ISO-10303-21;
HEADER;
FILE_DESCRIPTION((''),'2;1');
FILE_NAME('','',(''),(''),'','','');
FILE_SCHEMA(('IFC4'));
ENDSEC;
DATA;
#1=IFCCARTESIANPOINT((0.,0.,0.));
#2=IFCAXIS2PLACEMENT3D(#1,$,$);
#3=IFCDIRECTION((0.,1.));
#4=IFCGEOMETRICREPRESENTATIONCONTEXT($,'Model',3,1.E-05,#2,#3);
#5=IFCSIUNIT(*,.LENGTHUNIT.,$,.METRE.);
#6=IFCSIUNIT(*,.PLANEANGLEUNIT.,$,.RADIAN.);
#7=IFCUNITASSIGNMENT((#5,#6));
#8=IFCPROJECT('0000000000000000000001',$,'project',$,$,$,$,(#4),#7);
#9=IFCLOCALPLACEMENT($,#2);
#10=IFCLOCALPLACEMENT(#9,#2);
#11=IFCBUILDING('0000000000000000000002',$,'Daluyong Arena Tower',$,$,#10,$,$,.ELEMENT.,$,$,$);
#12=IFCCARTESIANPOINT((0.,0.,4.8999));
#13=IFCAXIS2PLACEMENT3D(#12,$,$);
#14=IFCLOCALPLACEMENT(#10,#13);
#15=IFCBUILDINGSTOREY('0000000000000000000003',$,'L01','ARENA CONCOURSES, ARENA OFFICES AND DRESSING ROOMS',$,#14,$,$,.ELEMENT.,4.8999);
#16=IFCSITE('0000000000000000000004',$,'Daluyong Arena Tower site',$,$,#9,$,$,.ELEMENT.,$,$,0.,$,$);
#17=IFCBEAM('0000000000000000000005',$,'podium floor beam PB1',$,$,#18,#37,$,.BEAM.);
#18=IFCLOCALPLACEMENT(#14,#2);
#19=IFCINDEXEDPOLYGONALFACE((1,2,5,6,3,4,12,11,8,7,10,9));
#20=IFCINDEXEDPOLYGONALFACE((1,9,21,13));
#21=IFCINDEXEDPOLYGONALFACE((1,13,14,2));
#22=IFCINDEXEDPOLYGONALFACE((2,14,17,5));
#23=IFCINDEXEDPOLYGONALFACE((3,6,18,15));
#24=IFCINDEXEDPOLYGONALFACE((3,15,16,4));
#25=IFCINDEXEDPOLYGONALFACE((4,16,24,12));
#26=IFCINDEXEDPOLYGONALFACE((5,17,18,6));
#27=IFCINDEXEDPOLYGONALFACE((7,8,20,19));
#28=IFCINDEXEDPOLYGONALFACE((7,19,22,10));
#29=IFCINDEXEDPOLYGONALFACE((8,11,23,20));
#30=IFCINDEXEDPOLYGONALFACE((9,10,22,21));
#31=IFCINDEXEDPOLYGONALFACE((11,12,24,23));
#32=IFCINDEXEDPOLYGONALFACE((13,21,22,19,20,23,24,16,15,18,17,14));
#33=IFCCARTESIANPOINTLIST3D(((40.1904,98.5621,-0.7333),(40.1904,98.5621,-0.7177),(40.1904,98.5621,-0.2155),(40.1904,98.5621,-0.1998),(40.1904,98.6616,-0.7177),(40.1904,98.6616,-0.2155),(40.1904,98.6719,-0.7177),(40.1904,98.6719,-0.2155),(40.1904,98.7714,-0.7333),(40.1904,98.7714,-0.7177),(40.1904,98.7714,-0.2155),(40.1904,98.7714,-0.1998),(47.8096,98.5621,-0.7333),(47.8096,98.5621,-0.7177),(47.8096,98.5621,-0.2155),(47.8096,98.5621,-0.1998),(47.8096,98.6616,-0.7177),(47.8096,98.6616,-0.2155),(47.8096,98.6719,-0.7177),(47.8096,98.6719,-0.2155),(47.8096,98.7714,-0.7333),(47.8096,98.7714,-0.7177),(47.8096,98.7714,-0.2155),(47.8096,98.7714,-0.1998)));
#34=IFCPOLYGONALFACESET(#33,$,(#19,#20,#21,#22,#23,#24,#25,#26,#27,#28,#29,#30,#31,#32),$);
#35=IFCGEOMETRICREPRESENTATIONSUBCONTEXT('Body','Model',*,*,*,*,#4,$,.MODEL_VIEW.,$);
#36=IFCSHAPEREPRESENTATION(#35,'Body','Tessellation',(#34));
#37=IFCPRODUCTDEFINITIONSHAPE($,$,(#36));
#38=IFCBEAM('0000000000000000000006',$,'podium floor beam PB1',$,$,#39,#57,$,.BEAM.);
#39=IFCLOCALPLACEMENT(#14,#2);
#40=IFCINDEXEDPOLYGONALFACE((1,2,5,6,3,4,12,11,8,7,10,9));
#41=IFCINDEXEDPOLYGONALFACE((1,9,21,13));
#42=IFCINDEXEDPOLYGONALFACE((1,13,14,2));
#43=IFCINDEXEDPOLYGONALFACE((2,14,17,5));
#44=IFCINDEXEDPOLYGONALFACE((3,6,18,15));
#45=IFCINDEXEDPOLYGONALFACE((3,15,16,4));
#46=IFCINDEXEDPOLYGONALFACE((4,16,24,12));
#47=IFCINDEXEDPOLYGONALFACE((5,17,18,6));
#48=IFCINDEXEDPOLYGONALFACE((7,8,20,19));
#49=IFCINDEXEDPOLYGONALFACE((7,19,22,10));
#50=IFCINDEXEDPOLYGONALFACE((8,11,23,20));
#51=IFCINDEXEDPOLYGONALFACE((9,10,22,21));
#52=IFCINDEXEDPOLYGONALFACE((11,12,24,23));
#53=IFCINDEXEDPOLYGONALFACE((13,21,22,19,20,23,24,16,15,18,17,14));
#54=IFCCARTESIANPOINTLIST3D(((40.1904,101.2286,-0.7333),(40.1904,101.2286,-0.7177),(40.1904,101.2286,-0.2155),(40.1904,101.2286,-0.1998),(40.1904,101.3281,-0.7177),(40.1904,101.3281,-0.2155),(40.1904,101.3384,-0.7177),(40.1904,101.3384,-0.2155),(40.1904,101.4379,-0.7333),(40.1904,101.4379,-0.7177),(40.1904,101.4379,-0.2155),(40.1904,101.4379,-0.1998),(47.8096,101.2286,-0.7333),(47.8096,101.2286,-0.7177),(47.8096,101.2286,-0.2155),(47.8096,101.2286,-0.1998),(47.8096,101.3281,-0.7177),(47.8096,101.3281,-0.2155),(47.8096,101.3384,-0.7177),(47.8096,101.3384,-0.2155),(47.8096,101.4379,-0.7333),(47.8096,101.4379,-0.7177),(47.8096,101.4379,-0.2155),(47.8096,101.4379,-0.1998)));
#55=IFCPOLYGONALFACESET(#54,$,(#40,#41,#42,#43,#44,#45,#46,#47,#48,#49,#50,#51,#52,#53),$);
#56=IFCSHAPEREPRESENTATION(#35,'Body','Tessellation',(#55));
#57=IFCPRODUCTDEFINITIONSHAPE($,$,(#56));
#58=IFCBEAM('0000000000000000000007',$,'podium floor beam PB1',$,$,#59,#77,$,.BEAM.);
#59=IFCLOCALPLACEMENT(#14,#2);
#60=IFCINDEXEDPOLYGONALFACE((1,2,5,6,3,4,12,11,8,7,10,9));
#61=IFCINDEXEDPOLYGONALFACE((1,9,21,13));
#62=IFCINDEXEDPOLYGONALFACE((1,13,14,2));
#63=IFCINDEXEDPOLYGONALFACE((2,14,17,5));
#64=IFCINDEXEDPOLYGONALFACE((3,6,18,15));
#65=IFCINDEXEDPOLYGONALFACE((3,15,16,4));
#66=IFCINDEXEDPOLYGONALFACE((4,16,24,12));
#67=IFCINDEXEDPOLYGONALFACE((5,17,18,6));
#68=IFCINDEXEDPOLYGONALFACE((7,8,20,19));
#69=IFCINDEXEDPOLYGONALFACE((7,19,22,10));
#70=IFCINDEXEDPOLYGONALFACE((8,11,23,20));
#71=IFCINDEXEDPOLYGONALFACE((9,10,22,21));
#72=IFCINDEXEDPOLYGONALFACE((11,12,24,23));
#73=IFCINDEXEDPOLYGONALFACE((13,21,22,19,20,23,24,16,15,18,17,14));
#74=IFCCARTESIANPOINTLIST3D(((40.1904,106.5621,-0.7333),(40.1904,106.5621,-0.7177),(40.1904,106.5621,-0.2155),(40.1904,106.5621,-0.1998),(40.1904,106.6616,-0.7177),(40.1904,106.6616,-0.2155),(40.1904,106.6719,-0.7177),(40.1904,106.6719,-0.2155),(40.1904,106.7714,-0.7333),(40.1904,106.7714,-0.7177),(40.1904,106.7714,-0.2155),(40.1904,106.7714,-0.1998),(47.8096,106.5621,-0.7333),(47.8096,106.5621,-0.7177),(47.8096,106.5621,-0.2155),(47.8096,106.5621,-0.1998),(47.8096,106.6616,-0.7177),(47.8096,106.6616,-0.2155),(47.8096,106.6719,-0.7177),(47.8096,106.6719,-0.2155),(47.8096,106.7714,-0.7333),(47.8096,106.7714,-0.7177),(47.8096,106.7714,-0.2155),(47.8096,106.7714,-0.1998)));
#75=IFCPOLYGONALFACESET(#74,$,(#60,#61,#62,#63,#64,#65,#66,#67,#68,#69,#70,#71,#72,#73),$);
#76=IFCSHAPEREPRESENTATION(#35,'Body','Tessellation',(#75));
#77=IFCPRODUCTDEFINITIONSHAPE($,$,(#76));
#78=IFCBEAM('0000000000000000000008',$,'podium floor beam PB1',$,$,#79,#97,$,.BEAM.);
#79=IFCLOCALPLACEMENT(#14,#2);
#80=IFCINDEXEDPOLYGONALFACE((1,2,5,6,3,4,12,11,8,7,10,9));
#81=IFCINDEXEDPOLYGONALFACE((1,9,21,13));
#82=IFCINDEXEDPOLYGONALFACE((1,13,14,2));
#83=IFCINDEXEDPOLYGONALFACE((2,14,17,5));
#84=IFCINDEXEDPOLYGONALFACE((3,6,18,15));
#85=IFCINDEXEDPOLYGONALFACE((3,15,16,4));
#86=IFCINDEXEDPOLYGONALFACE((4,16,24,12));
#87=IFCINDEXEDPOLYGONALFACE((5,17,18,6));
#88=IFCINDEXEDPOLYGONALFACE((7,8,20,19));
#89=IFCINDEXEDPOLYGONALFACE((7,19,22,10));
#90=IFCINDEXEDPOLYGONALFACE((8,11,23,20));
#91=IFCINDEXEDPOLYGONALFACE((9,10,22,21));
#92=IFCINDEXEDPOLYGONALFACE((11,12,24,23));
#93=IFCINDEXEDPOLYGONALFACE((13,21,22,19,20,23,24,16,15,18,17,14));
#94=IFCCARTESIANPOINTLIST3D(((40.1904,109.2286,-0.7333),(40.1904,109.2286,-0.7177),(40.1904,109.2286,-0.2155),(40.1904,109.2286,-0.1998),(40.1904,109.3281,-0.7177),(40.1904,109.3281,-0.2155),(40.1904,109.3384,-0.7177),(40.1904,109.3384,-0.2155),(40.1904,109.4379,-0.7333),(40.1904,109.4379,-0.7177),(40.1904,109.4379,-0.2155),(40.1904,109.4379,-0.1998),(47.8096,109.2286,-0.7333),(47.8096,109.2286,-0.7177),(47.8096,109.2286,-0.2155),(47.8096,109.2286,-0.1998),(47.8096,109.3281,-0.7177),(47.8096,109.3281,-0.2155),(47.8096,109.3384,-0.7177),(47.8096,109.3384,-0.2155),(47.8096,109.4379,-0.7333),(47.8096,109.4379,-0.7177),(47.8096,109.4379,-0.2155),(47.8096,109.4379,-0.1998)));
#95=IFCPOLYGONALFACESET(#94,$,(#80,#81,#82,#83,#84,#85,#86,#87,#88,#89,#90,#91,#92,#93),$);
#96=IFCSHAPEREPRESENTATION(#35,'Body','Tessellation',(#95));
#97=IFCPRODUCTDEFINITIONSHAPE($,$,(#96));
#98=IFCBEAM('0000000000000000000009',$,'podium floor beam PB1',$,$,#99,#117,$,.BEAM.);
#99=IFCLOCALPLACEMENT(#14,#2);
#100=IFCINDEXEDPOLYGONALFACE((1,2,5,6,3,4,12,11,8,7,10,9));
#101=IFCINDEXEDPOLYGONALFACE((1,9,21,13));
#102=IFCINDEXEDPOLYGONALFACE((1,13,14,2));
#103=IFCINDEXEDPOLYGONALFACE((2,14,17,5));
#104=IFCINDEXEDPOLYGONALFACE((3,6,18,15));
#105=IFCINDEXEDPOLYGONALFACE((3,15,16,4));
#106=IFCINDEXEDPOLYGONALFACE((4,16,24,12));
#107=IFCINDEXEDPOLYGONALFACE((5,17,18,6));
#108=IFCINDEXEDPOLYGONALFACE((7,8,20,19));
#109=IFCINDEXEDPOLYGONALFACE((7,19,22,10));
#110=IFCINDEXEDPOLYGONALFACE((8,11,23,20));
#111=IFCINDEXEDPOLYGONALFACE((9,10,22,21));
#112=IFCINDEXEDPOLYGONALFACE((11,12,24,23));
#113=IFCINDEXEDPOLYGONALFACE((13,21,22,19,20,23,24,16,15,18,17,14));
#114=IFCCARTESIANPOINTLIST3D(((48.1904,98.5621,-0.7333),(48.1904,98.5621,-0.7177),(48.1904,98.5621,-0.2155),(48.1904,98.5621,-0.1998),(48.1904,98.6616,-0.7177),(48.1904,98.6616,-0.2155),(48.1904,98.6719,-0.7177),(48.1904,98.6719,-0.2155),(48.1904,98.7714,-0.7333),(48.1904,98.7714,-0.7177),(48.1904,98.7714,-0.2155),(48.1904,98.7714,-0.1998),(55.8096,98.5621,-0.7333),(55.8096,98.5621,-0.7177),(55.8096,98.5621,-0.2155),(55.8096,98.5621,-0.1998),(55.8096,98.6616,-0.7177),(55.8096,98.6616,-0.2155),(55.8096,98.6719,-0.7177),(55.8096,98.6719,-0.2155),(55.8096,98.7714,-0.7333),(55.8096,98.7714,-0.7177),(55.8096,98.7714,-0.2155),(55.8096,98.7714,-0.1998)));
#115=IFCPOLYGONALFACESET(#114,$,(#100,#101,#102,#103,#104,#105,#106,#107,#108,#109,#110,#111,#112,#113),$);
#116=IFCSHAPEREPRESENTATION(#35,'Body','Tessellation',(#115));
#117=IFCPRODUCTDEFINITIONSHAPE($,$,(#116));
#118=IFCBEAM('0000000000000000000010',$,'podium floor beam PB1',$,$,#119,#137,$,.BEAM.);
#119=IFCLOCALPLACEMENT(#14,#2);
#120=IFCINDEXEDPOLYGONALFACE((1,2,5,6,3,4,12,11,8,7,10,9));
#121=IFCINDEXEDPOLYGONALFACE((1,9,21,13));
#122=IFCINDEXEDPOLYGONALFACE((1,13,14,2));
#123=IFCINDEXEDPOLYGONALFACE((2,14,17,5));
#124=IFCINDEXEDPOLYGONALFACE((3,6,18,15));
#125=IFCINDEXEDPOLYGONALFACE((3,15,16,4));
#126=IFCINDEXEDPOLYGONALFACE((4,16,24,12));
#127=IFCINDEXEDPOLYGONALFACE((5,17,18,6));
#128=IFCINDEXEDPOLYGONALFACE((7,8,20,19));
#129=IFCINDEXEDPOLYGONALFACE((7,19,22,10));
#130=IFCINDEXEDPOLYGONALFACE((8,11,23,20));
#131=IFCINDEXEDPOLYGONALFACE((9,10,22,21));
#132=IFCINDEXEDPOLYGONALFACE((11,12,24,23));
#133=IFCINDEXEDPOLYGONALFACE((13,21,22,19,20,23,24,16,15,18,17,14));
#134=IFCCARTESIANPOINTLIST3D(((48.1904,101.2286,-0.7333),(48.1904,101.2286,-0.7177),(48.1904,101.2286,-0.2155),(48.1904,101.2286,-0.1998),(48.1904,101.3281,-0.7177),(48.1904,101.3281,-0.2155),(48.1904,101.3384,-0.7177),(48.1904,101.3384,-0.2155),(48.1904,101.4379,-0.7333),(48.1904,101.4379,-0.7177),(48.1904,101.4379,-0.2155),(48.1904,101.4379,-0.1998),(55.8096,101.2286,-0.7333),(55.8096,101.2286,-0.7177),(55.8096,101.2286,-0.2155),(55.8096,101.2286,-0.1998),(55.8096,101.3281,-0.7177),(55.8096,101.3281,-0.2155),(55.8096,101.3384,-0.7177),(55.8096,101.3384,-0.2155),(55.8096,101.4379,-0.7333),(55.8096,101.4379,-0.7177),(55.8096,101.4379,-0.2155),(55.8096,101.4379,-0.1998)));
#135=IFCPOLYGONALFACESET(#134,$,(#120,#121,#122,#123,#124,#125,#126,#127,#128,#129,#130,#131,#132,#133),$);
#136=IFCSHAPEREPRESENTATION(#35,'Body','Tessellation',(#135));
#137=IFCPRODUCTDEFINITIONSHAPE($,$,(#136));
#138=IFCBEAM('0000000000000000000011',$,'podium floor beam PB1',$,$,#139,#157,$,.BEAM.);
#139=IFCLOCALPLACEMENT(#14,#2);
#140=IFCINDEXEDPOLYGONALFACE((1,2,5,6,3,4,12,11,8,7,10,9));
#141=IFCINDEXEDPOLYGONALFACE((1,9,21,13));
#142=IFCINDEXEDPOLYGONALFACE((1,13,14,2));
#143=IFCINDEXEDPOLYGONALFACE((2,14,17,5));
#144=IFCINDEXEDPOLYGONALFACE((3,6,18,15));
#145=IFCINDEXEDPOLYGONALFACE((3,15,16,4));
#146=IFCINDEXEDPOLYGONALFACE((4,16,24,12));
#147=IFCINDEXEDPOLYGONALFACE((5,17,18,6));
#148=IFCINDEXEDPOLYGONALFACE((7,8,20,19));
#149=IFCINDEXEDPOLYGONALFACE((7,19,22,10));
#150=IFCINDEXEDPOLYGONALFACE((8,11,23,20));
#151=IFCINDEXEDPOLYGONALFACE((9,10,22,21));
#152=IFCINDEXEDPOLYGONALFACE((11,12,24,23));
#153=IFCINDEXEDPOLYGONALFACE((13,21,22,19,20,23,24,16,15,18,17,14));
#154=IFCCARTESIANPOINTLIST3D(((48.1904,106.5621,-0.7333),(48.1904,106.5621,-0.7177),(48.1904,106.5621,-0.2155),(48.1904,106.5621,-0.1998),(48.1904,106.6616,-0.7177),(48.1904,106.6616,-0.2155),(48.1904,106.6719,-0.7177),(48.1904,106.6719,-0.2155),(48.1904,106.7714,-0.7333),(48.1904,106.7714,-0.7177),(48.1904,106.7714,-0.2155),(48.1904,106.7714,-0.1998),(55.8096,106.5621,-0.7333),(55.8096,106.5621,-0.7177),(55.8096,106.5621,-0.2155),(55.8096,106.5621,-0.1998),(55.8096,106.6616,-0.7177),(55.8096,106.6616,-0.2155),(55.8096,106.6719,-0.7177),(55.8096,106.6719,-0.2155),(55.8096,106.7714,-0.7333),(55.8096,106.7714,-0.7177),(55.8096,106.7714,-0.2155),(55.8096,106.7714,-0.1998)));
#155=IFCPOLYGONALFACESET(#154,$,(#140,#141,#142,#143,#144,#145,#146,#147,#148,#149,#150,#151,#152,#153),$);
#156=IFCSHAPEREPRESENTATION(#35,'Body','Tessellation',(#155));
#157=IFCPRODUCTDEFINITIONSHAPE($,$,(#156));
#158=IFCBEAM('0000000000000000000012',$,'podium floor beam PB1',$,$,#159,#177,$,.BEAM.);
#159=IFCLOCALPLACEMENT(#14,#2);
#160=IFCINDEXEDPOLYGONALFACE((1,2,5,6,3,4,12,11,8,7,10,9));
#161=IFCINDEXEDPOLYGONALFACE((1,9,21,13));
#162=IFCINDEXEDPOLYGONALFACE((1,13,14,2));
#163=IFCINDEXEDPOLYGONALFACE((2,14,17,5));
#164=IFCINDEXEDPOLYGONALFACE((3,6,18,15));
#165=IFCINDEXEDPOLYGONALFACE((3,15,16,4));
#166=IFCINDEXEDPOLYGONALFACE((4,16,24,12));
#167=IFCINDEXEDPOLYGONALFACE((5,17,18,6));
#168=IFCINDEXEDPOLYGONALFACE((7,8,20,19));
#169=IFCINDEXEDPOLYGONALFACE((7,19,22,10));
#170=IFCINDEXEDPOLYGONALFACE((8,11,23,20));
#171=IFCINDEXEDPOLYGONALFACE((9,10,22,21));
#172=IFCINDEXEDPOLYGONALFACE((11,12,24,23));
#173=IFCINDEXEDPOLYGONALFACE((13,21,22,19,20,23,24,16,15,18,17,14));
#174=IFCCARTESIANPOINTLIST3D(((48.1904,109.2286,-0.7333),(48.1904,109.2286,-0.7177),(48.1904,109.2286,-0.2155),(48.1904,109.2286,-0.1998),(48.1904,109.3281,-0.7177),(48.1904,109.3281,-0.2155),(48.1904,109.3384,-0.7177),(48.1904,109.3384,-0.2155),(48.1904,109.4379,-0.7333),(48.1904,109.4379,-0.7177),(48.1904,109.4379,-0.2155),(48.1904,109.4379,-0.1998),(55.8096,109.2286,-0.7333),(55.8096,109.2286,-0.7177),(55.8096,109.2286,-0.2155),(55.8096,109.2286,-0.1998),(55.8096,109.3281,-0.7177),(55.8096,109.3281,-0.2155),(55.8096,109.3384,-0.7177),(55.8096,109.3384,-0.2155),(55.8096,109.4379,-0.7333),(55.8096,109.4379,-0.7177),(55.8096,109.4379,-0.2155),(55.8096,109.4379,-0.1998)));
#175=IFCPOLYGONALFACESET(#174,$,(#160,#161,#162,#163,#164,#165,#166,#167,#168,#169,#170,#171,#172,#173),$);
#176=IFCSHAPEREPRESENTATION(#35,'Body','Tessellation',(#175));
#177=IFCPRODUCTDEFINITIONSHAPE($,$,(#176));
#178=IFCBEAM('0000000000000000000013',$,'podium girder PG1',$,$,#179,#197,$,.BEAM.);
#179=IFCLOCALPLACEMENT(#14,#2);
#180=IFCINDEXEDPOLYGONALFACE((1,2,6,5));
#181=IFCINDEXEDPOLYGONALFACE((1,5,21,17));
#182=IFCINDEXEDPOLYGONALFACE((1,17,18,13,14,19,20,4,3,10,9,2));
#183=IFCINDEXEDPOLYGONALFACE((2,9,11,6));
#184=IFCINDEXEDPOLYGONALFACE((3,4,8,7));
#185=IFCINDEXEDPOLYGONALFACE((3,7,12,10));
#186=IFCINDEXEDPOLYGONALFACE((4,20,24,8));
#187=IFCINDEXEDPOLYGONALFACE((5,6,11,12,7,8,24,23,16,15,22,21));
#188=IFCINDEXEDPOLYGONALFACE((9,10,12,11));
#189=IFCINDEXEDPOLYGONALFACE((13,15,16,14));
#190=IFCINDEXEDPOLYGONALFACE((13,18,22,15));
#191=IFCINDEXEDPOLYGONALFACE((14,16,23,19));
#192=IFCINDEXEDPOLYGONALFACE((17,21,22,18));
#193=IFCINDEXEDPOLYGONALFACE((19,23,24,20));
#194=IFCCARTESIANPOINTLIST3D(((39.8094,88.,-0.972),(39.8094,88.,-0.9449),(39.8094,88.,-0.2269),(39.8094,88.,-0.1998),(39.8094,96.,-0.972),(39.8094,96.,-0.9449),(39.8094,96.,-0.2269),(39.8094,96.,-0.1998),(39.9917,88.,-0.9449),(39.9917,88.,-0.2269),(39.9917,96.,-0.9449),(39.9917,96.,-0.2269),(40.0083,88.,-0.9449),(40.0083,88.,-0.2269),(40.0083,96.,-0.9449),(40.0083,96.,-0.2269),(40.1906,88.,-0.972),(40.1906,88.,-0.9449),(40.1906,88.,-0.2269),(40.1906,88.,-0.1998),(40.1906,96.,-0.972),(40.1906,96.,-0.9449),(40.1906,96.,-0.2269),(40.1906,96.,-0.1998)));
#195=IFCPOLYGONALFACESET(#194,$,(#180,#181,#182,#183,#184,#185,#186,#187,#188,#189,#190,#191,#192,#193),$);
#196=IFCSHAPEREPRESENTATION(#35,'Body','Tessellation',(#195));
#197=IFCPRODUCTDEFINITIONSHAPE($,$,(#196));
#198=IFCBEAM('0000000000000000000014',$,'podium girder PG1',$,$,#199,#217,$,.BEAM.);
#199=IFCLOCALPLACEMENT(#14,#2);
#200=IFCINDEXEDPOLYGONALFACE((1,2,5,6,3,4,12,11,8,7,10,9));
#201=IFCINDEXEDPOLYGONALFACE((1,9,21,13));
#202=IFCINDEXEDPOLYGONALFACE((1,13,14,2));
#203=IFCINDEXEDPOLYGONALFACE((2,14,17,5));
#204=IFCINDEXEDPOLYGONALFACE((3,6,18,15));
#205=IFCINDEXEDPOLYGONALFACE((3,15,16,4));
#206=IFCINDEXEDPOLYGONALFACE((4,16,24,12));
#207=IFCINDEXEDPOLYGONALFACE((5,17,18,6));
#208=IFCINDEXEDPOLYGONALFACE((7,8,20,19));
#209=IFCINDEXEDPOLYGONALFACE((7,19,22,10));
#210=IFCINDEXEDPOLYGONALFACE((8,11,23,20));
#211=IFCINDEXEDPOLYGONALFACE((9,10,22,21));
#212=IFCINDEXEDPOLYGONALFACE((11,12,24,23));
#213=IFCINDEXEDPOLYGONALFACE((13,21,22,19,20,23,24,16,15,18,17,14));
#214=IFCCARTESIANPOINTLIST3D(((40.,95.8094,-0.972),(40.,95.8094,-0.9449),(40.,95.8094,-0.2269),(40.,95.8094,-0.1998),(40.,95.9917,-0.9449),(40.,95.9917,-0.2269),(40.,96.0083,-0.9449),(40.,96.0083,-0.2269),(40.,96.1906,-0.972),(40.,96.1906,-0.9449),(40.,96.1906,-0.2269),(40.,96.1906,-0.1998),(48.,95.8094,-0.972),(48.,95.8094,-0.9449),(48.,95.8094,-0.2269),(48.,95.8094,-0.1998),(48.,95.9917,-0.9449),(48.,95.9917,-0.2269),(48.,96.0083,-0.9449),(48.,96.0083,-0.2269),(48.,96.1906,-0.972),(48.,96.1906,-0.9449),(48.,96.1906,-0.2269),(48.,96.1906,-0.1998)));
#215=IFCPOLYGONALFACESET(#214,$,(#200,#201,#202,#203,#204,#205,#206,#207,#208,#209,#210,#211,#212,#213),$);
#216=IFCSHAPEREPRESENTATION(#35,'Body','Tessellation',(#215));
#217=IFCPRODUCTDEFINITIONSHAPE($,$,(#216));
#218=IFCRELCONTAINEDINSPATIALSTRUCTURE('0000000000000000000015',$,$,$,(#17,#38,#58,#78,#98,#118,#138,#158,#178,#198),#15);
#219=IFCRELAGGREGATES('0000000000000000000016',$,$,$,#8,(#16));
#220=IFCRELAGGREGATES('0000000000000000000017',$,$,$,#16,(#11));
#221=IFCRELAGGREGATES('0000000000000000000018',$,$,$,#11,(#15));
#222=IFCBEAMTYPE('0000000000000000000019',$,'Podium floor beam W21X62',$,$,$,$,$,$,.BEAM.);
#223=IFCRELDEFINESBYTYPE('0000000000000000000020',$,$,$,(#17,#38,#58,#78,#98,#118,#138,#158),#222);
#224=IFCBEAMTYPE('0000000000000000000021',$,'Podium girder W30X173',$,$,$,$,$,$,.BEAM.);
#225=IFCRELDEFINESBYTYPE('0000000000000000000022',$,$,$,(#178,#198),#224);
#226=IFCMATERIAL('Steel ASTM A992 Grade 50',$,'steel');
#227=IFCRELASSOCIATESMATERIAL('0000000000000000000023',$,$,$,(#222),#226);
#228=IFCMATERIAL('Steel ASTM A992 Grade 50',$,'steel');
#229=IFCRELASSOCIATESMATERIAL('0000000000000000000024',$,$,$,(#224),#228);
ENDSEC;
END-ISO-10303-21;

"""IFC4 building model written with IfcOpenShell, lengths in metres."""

from ifc_helpers import new_model, si_unit, direction, frame, origin, origin_2d, place, context, subcontext, project, spatial, i_section, extrude, material, material_profile, profile_set, type_object, element, save


model = new_model("IFC4")

# Units and contexts
model_context = context("Model", 3, precision=1e-05, world=origin(), true_north=direction((0.0, 1.0)))
body_context = subcontext(model_context, "Body", "Model", "MODEL_VIEW")
ifc_project = project(units=[si_unit("LENGTHUNIT", "METRE"), si_unit("PLANEANGLEUNIT", "RADIAN")], contexts=[model_context])

# Site, building, storey
site_placement = place(None, origin())
site = spatial("IfcSite", under=ifc_project, at=site_placement, Name="Daluyong Arena Tower site", CompositionType="ELEMENT", RefElevation=0.0)
building_placement = place(site_placement, origin())
building = spatial("IfcBuilding", under=site, at=building_placement, Name="Daluyong Arena Tower", CompositionType="ELEMENT")
storey_placement = place(building_placement, frame((0.0, 0.0, 4.8999)))
storey = spatial("IfcBuildingStorey", under=building, at=storey_placement, Name="L01", Description="ARENA CONCOURSES, ARENA OFFICES AND DRESSING ROOMS", CompositionType="ELEMENT", Elevation=4.8999)

# Beams
ifc_material_1 = material(Name="Steel ASTM A992 Grade 50", Category="steel")
ifc_material_profile_1 = material_profile(ifc_material_1, i_section(OverallWidth=0.2092, OverallDepth=0.5334, WebThickness=0.0103, FlangeThickness=0.0156, at=origin_2d()))
ifc_profile_set_1 = profile_set([ifc_material_profile_1], Name="Steel ASTM A992 Grade 50")
beam_type_1 = type_object("IfcBeamType", Name="Podium floor beam W21X62", PredefinedType="BEAM", material=ifc_profile_set_1)
for number, where, z_axis, x_axis, name in (
    (1, (40.1904, 98.6667, -0.4666), (1.0, 0.0, 0.0), (0.0, 1.0, 0.0), "podium floor beam PB1"),
    (2, (40.1904, 101.3333, -0.4666), (1.0, 0.0, 0.0), (0.0, 1.0, 0.0), "podium floor beam PB1"),
    (3, (40.1904, 106.6667, -0.4666), (1.0, 0.0, 0.0), (0.0, 1.0, 0.0), "podium floor beam PB1"),
    (4, (40.1904, 109.3333, -0.4666), (1.0, 0.0, 0.0), (0.0, 1.0, 0.0), "podium floor beam PB1"),
    (5, (48.1904, 98.6667, -0.4666), (1.0, 0.0, 0.0), (0.0, 1.0, 0.0), "podium floor beam PB1"),
    (6, (48.1904, 101.3333, -0.4666), (1.0, 0.0, 0.0), (0.0, 1.0, 0.0), "podium floor beam PB1"),
    (7, (48.1904, 106.6667, -0.4666), (1.0, 0.0, 0.0), (0.0, 1.0, 0.0), "podium floor beam PB1"),
    (8, (48.1904, 109.3333, -0.4666), (1.0, 0.0, 0.0), (0.0, 1.0, 0.0), "podium floor beam PB1"),
):
    element("IfcBeam", number, at=place(storey_placement, frame(where, z_axis=z_axis, x_axis=x_axis)), inside=storey, type_object=beam_type_1, Name=name, PredefinedType="BEAM", context=body_context, shape_type="SweptSolid", body=[
        extrude(i_section(OverallWidth=0.2092, OverallDepth=0.5334, WebThickness=0.0103, FlangeThickness=0.0156, at=origin_2d()), origin(), (0.0, 0.0, 1.0), 7.6191),
    ])
ifc_material_2 = material(Name="Steel ASTM A992 Grade 50", Category="steel")
ifc_material_profile_2 = material_profile(ifc_material_2, i_section(OverallWidth=0.3811, OverallDepth=0.7722, WebThickness=0.0166, FlangeThickness=0.0271, at=origin_2d()))
ifc_profile_set_2 = profile_set([ifc_material_profile_2], Name="Steel ASTM A992 Grade 50")
beam_type_2 = type_object("IfcBeamType", Name="Podium girder W30X173", PredefinedType="BEAM", material=ifc_profile_set_2)
for number, where, z_axis, x_axis, name in (
    (9, (40.0, 88.0, -0.5859), (0.0, 1.0, 0.0), (-1.0, 0.0, 0.0), "podium girder PG1"),
    (10, (40.0, 96.0, -0.5859), (1.0, 0.0, 0.0), (0.0, 1.0, 0.0), "podium girder PG1"),
):
    element("IfcBeam", number, at=place(storey_placement, frame(where, z_axis=z_axis, x_axis=x_axis)), inside=storey, type_object=beam_type_2, Name=name, PredefinedType="BEAM", context=body_context, shape_type="SweptSolid", body=[
        extrude(i_section(OverallWidth=0.3811, OverallDepth=0.7722, WebThickness=0.0166, FlangeThickness=0.0271, at=origin_2d()), origin(), (0.0, 0.0, 1.0), 8.0),
    ])

save(model, "model.ifc")
